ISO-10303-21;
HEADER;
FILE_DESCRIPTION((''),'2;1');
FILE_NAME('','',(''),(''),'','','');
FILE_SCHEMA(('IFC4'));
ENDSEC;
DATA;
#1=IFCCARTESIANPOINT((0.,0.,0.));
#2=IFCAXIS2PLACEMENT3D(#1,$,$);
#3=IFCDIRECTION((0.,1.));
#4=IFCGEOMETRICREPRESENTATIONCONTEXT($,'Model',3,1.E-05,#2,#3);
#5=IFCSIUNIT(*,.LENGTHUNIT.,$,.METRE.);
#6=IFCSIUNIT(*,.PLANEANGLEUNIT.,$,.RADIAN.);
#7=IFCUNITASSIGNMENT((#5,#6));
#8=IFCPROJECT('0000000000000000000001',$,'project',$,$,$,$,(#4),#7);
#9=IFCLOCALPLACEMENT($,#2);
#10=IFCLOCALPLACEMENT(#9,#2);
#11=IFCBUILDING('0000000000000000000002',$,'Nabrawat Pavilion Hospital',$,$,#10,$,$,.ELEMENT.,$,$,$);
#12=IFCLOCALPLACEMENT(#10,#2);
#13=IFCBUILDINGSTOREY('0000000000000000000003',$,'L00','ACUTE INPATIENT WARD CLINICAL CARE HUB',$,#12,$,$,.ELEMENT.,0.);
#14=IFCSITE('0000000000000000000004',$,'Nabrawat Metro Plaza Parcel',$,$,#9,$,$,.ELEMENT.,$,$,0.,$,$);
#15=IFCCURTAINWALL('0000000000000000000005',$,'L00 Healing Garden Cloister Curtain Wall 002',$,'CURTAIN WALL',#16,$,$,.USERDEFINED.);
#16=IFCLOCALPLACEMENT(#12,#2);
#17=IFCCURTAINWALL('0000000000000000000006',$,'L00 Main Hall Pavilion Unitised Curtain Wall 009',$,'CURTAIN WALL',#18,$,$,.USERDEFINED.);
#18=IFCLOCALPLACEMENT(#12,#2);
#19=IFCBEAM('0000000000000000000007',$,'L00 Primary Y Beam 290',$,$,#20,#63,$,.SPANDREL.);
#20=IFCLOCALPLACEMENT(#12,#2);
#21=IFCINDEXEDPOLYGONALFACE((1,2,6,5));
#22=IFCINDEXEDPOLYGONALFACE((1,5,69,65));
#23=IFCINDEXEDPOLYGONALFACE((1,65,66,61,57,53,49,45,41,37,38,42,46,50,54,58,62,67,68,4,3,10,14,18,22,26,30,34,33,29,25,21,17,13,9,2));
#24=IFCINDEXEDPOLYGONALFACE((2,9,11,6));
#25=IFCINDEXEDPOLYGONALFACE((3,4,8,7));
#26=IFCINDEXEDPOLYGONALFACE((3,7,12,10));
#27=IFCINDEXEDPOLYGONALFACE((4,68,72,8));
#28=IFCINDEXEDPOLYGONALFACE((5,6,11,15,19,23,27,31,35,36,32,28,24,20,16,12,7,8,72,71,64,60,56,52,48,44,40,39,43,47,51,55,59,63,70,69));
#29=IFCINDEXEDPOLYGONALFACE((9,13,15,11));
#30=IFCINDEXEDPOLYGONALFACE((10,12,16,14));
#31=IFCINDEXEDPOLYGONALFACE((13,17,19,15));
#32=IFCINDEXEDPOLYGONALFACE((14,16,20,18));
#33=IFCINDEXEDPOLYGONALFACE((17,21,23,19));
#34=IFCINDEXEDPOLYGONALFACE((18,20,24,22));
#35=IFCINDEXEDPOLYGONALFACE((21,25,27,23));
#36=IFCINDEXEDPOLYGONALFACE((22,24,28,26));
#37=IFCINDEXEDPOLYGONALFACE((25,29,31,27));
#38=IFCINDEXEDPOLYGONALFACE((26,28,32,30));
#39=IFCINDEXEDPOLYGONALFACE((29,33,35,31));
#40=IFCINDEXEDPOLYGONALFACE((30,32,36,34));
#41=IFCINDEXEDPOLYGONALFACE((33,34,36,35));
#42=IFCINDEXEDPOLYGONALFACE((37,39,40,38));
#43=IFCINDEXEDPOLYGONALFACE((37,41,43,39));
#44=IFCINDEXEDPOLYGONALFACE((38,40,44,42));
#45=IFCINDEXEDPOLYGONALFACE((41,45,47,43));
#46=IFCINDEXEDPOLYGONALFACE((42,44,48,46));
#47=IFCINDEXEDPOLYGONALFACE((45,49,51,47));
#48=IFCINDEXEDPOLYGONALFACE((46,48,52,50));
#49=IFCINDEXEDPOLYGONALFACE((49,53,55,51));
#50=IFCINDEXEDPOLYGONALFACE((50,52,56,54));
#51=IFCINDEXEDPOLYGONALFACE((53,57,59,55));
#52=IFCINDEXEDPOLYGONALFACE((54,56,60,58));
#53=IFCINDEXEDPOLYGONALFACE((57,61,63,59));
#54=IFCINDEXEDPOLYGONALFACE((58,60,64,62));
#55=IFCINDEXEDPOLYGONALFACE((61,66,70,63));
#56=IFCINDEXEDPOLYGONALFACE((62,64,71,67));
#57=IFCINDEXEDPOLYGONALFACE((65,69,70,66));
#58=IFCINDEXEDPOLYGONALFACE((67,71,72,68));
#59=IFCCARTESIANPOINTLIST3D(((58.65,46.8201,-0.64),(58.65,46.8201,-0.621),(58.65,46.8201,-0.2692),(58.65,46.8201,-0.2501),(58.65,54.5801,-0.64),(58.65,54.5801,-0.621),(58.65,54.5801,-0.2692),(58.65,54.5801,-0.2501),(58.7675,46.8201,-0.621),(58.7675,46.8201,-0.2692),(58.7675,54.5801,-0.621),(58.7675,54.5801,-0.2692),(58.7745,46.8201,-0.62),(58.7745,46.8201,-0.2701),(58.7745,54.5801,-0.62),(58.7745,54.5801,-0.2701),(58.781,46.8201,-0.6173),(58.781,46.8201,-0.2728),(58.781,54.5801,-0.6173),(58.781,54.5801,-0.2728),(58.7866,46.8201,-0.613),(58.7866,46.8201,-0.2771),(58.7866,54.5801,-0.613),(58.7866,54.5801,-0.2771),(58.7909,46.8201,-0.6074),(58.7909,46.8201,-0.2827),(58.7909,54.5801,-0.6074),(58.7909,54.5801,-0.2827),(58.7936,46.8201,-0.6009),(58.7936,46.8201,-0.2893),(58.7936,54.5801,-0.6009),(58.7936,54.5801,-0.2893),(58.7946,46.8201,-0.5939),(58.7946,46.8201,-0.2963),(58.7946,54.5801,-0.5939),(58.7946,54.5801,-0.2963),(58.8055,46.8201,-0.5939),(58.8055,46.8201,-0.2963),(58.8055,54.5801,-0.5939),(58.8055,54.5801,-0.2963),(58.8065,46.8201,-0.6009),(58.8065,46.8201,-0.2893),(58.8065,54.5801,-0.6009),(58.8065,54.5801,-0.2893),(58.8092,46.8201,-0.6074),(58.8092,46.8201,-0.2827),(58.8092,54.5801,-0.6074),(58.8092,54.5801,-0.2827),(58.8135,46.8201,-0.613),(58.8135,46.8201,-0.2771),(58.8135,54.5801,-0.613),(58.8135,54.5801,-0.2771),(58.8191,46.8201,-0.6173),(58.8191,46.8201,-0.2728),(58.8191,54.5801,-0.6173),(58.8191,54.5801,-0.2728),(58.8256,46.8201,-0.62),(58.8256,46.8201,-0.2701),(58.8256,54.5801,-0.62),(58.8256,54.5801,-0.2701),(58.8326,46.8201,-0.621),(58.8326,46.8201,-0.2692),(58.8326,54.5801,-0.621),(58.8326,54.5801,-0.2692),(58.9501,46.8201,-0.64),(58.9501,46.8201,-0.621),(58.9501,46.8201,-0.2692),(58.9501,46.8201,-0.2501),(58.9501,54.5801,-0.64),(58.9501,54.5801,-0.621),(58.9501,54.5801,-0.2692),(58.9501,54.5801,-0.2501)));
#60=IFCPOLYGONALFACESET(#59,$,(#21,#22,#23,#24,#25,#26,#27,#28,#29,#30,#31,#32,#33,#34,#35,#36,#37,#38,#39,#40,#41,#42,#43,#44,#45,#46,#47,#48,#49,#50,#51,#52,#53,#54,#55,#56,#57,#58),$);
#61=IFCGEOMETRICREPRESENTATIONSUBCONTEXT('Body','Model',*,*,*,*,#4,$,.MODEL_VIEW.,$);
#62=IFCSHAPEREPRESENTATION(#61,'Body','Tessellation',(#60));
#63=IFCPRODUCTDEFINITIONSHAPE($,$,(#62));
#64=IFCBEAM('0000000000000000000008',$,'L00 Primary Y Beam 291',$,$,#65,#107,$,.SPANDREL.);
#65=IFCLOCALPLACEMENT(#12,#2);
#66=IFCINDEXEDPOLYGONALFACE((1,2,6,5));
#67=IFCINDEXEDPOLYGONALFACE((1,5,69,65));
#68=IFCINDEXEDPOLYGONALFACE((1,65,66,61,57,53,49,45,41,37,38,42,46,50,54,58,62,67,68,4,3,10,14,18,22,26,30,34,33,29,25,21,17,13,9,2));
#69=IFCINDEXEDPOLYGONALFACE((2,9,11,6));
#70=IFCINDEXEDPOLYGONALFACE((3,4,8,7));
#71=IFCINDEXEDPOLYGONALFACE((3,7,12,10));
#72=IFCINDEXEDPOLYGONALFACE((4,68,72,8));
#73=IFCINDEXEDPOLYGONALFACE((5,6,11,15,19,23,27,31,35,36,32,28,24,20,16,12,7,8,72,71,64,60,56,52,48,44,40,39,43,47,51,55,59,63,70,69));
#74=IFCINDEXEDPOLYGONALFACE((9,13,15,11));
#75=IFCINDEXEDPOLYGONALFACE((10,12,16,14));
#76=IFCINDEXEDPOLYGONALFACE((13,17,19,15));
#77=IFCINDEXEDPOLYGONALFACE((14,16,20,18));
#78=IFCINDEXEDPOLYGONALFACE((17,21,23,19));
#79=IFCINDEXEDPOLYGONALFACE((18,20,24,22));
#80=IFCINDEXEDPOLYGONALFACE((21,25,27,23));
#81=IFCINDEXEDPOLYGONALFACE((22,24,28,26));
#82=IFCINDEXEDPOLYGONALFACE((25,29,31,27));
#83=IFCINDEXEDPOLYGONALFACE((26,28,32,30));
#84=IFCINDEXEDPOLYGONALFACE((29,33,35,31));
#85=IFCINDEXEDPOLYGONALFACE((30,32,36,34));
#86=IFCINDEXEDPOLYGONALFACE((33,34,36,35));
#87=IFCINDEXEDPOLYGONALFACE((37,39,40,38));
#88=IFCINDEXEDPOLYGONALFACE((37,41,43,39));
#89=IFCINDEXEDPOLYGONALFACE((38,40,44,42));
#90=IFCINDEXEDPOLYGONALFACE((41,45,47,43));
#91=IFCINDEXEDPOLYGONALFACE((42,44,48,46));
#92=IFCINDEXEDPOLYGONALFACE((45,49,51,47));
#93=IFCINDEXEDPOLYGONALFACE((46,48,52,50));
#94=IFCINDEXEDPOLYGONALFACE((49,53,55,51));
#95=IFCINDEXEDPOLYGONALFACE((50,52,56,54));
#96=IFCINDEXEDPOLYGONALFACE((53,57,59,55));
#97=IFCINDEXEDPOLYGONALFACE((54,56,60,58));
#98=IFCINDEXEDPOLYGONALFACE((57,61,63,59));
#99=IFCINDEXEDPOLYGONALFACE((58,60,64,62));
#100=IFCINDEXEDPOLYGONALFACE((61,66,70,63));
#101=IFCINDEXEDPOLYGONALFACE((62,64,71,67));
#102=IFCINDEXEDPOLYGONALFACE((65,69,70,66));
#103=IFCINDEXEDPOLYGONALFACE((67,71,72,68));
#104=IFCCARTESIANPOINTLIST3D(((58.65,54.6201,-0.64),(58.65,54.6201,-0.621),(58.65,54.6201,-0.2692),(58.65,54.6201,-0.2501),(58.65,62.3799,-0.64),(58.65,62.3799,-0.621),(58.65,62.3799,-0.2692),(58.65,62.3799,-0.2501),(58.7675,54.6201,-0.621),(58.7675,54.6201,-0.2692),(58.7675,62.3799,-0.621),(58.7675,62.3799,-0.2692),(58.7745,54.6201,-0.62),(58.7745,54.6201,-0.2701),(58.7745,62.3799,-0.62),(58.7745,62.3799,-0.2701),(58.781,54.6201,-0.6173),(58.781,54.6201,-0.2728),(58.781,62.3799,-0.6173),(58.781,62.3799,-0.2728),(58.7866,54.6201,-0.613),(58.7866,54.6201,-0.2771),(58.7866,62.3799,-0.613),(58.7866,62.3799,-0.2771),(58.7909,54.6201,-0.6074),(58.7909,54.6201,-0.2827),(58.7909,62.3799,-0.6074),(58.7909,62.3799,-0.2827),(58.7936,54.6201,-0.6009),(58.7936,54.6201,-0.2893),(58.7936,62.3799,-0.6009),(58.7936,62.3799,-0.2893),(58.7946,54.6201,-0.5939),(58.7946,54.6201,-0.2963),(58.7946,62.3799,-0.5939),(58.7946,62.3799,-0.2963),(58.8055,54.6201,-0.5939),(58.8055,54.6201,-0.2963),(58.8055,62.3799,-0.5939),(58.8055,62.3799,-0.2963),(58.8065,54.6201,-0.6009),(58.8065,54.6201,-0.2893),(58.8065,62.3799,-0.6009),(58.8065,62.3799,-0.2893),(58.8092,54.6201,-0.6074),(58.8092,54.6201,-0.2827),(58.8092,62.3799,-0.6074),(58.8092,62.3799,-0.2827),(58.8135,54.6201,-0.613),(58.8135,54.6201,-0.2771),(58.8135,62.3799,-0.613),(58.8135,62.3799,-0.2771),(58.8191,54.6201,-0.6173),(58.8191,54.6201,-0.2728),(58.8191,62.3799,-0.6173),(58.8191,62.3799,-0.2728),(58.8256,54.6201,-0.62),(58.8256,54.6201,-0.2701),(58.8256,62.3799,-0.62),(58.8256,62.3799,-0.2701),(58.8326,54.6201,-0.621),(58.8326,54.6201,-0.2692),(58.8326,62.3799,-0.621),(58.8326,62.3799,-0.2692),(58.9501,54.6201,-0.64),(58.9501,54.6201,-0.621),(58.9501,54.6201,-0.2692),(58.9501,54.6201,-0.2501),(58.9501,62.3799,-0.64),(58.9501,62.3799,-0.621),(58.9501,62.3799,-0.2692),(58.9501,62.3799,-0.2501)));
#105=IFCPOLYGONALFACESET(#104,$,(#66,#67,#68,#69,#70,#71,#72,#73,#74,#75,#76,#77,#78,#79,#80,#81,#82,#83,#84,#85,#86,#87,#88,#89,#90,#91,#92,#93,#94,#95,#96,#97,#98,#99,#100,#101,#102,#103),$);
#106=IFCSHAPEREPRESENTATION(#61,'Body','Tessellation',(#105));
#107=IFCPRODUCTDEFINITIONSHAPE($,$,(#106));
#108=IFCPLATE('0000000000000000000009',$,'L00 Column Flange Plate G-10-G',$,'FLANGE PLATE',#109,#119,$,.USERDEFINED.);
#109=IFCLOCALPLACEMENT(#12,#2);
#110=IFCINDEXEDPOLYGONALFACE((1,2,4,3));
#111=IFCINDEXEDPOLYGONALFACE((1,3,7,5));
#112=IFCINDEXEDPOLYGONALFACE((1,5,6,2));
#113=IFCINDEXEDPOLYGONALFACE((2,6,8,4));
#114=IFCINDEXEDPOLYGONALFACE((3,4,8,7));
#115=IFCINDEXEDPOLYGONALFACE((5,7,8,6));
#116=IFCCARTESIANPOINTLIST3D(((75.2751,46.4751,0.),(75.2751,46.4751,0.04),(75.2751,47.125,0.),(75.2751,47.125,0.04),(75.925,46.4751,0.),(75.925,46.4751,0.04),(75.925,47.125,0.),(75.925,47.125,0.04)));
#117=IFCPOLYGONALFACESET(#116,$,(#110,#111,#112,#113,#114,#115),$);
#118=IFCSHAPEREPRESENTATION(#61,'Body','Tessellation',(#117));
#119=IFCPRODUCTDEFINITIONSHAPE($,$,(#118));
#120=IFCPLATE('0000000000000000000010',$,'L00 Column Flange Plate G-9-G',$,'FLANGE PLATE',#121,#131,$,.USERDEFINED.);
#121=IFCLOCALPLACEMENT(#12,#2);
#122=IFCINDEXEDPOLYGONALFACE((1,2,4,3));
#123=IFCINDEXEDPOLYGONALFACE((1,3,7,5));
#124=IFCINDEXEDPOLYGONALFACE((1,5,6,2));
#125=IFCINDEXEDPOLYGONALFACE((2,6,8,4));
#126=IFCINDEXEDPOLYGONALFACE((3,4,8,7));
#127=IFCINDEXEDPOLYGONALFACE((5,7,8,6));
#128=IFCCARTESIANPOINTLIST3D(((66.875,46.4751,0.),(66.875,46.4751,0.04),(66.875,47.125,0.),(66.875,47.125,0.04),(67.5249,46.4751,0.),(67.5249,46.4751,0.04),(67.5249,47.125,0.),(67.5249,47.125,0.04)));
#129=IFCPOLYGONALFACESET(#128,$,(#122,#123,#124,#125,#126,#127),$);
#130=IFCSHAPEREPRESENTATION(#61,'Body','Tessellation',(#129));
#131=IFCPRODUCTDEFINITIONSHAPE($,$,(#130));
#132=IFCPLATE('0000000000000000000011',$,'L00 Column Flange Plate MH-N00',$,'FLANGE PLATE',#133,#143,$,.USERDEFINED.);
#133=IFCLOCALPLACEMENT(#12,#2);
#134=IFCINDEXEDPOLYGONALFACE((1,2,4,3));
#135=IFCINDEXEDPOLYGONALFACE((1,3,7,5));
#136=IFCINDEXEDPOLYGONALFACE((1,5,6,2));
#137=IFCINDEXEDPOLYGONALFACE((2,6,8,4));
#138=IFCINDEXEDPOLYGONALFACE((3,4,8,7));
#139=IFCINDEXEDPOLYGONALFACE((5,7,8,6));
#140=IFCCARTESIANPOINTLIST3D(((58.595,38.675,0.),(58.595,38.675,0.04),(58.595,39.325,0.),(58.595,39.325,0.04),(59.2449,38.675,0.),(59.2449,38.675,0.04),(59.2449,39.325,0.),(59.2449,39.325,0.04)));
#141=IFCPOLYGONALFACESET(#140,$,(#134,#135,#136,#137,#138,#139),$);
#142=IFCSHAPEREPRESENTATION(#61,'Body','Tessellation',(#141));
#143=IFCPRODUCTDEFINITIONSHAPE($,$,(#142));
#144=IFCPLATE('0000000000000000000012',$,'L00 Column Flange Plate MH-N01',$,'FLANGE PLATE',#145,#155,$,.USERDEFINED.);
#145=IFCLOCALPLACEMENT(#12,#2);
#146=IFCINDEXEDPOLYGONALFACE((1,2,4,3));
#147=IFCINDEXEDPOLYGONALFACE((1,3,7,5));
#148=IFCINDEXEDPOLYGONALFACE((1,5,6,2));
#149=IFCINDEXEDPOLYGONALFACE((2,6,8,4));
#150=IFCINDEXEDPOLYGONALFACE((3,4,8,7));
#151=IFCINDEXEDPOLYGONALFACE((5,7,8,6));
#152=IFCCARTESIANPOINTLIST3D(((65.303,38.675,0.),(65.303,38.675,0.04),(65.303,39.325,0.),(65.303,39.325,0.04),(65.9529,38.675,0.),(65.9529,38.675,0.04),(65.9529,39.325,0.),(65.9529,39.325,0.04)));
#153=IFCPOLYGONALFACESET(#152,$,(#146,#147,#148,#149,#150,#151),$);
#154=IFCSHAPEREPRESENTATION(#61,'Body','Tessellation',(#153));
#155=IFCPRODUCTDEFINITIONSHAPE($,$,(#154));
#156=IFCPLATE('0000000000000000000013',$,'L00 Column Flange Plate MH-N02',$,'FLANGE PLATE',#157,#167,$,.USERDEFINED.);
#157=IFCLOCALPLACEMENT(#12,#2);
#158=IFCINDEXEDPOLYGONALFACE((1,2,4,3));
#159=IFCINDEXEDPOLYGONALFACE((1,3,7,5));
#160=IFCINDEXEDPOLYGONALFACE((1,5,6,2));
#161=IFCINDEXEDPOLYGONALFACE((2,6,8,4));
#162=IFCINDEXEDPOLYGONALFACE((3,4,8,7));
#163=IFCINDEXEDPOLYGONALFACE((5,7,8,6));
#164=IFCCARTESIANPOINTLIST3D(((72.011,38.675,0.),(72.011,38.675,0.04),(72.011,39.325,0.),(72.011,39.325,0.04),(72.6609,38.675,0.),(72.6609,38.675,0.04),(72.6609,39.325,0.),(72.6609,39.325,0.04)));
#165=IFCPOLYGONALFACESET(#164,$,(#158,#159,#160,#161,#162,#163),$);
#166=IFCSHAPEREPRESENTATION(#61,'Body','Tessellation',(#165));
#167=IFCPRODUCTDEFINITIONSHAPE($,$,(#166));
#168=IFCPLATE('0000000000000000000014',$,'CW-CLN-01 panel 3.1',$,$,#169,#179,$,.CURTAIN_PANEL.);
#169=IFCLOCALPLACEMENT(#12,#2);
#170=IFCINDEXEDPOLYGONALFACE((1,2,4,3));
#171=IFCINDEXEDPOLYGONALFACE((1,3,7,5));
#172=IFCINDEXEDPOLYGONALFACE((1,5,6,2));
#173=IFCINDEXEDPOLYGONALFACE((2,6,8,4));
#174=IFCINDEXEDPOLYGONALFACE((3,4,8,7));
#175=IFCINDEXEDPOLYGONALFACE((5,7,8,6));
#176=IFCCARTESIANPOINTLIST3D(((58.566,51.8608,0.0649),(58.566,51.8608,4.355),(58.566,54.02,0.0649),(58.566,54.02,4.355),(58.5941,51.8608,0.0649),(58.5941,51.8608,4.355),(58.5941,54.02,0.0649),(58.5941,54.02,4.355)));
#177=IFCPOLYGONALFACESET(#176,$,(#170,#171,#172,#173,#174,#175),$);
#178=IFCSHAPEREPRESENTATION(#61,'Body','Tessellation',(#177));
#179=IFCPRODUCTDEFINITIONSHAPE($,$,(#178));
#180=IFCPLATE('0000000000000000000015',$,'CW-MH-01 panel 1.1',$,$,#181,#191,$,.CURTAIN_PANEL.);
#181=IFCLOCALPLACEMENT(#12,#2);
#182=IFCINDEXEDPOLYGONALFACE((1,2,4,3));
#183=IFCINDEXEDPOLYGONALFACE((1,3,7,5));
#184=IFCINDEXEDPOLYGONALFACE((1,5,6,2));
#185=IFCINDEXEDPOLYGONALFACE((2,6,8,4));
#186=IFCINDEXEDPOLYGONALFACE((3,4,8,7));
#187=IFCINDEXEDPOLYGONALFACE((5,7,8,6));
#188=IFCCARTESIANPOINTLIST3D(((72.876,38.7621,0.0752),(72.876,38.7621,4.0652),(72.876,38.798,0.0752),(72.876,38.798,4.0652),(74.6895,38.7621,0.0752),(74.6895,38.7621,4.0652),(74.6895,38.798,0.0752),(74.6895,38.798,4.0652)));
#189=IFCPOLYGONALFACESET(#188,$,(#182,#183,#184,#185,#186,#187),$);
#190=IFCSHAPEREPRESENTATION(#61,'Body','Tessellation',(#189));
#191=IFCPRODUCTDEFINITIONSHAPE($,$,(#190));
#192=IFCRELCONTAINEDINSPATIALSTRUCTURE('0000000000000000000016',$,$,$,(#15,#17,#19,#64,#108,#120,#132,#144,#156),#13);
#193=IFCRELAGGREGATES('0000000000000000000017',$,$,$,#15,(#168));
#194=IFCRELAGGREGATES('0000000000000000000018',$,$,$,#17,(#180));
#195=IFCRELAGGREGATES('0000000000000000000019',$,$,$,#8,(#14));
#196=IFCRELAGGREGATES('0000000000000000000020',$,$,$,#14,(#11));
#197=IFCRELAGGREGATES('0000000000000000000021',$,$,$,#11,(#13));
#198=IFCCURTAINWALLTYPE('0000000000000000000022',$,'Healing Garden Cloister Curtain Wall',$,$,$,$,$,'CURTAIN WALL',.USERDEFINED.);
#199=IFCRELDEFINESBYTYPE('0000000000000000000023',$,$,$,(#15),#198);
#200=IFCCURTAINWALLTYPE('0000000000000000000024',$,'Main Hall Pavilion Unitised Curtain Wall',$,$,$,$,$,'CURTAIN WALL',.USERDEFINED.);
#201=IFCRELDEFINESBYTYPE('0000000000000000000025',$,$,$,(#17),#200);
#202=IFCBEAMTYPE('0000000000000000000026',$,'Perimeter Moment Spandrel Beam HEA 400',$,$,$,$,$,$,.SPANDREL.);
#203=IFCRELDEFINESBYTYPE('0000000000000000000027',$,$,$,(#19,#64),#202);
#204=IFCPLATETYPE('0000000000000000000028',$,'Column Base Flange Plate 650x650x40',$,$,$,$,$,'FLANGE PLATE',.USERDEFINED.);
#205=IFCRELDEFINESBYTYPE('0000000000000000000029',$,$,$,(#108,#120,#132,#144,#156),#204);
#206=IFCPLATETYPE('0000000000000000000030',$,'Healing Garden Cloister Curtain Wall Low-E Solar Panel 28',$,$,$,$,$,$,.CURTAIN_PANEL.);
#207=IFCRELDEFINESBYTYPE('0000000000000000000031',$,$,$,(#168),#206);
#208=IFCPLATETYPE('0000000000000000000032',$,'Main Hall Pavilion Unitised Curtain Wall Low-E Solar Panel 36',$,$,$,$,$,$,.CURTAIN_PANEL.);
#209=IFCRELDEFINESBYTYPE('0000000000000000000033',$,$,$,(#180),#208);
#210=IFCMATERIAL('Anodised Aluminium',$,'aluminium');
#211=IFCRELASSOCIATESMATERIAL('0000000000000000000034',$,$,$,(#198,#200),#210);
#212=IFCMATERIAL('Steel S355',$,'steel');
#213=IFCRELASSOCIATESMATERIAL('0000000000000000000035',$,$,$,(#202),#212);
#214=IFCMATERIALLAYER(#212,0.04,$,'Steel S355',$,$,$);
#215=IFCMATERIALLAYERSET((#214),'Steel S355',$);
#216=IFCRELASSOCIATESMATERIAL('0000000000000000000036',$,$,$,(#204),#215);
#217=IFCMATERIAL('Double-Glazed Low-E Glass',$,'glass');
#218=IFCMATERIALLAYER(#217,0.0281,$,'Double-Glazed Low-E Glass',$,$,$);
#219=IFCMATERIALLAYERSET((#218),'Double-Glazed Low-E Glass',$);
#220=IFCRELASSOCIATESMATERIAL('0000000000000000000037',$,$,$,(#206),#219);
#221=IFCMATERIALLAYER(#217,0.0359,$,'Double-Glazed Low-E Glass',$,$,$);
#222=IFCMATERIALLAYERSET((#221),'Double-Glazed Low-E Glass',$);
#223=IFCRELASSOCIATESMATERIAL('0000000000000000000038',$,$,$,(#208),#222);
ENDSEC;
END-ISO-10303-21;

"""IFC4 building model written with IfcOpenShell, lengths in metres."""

from ifc_helpers import new_model, si_unit, direction, frame, origin, origin_2d, place, context, subcontext, project, spatial, rectangle, i_section, extrude, material, layer, layer_set, material_profile, profile_set, type_object, element, aggregate, save


model = new_model("IFC4")

# Units and contexts
model_context = context("Model", 3, precision=1e-05, world=origin(), true_north=direction((0.0, 1.0)))
body_context = subcontext(model_context, "Body", "Model", "MODEL_VIEW")
ifc_project = project(units=[si_unit("LENGTHUNIT", "METRE"), si_unit("PLANEANGLEUNIT", "RADIAN")], contexts=[model_context])

# Site, building, storey
site_placement = place(None, origin())
site = spatial("IfcSite", under=ifc_project, at=site_placement, Name="Nabrawat Metro Plaza Parcel", CompositionType="ELEMENT", RefElevation=0.0)
building_placement = place(site_placement, origin())
building = spatial("IfcBuilding", under=site, at=building_placement, Name="Nabrawat Pavilion Hospital", CompositionType="ELEMENT")
storey_placement = place(building_placement, origin())
storey = spatial("IfcBuildingStorey", under=building, at=storey_placement, Name="L00", Description="ACUTE INPATIENT WARD CLINICAL CARE HUB", CompositionType="ELEMENT", Elevation=0.0)

# Shared definitions
ifc_material_1 = material(Name="Steel S355", Category="steel")

# Curtain wall
ifc_material_2 = material(Name="Anodised Aluminium", Category="aluminium")
curtain_wall_type_1 = type_object("IfcCurtainWallType", Name="Healing Garden Cloister Curtain Wall", ElementType="CURTAIN WALL", PredefinedType="USERDEFINED", material=ifc_material_2)
curtain_wall_1_placement = place(storey_placement, origin())
curtain_wall_1 = element("IfcCurtainWall", 1, at=curtain_wall_1_placement, inside=storey, type_object=curtain_wall_type_1, Name="L00 Healing Garden Cloister Curtain Wall 002", ObjectType="CURTAIN WALL", PredefinedType="USERDEFINED")

# Curtain wall
curtain_wall_type_2 = type_object("IfcCurtainWallType", Name="Main Hall Pavilion Unitised Curtain Wall", ElementType="CURTAIN WALL", PredefinedType="USERDEFINED", material=ifc_material_2)
curtain_wall_2_placement = place(storey_placement, origin())
curtain_wall_2 = element("IfcCurtainWall", 2, at=curtain_wall_2_placement, inside=storey, type_object=curtain_wall_type_2, Name="L00 Main Hall Pavilion Unitised Curtain Wall 009", ObjectType="CURTAIN WALL", PredefinedType="USERDEFINED")

# Beams
ifc_material_profile_1 = material_profile(ifc_material_1, i_section(OverallWidth=0.3, OverallDepth=0.3899, WebThickness=0.011, FlangeThickness=0.019, FilletRadius=0.0271, at=origin_2d()), Name="HEA 400")
ifc_profile_set_1 = profile_set([ifc_material_profile_1], Name="Steel S355")
beam_type = type_object("IfcBeamType", Name="Perimeter Moment Spandrel Beam HEA 400", PredefinedType="SPANDREL", material=ifc_profile_set_1)
beam_1_placement = place(storey_placement, frame((58.8, 46.8201, -0.4451), z_axis=(0.0, 1.0, 0.0), x_axis=(-1.0, 0.0, 0.0)))
element("IfcBeam", 3, at=beam_1_placement, inside=storey, type_object=beam_type, Name="L00 Primary Y Beam 290", PredefinedType="SPANDREL", context=body_context, shape_type="SweptSolid", body=[
    extrude(i_section(OverallWidth=0.3, OverallDepth=0.3899, WebThickness=0.011, FlangeThickness=0.019, FilletRadius=0.0271, at=origin_2d()), origin(), (0.0, 0.0, 1.0), 7.76),
])
beam_2_placement = place(storey_placement, frame((58.8, 54.6201, -0.4451), z_axis=(0.0, 1.0, 0.0), x_axis=(-1.0, 0.0, 0.0)))
element("IfcBeam", 4, at=beam_2_placement, inside=storey, type_object=beam_type, Name="L00 Primary Y Beam 291", PredefinedType="SPANDREL", context=body_context, shape_type="SweptSolid", body=[
    extrude(i_section(OverallWidth=0.3, OverallDepth=0.3899, WebThickness=0.011, FlangeThickness=0.019, FilletRadius=0.0271, at=origin_2d()), origin(), (0.0, 0.0, 1.0), 7.7598),
])

# Plates
ifc_layer_1 = layer(ifc_material_1, 0.04, Name="Steel S355")
ifc_layer_set_1 = layer_set([ifc_layer_1], Name="Steel S355")
plate_type_1 = type_object("IfcPlateType", Name="Column Base Flange Plate 650x650x40", ElementType="FLANGE PLATE", PredefinedType="USERDEFINED", material=ifc_layer_set_1)
for number, where, z_axis, x_axis, name in (
    (5, (75.6001, 46.8, 0.0), (0.0, 0.0, 1.0), (1.0, 0.0, 0.0), "L00 Column Flange Plate G-10-G"),
    (6, (67.2, 46.8, 0.0), (0.0, 0.0, 1.0), (1.0, 0.0, 0.0), "L00 Column Flange Plate G-9-G"),
    (7, (58.9199, 39.0, 0.0), (0.0, 0.0, 1.0), (1.0, 0.0, 0.0), "L00 Column Flange Plate MH-N00"),
    (8, (65.6279, 39.0, 0.0), (0.0, 0.0, 1.0), (1.0, 0.0, 0.0), "L00 Column Flange Plate MH-N01"),
    (9, (72.3359, 39.0, 0.0), (0.0, 0.0, 1.0), (1.0, 0.0, 0.0), "L00 Column Flange Plate MH-N02"),
):
    element("IfcPlate", number, at=place(storey_placement, frame(where, z_axis=z_axis, x_axis=x_axis)), inside=storey, type_object=plate_type_1, Name=name, ObjectType="FLANGE PLATE", PredefinedType="USERDEFINED", context=body_context, shape_type="SweptSolid", body=[
        extrude(rectangle(XDim=0.6499, YDim=0.6499, at=origin_2d()), origin(), (0.0, 0.0, 1.0), 0.04),
    ])

# Plates
ifc_material_3 = material(Name="Double-Glazed Low-E Glass", Category="glass")
ifc_layer_2 = layer(ifc_material_3, 0.0281, Name="Double-Glazed Low-E Glass")
ifc_layer_set_2 = layer_set([ifc_layer_2], Name="Double-Glazed Low-E Glass")
plate_type_2 = type_object("IfcPlateType", Name="Healing Garden Cloister Curtain Wall Low-E Solar Panel 28", PredefinedType="CURTAIN_PANEL", material=ifc_layer_set_2)
plate_1_placement = place(storey_placement, frame((58.5801, 52.9404, 0.0649), z_axis=(0.0, 0.0, 1.0), x_axis=(0.0, 1.0, 0.0)))
plate_1 = element("IfcPlate", 10, at=plate_1_placement, type_object=plate_type_2, Name="CW-CLN-01 panel 3.1", PredefinedType="CURTAIN_PANEL", context=body_context, shape_type="SweptSolid", body=[
    extrude(rectangle(XDim=2.1592, YDim=0.0281, at=origin_2d()), origin(), (0.0, 0.0, 1.0), 4.29),
])
aggregate(curtain_wall_1, [plate_1])
ifc_layer_3 = layer(ifc_material_3, 0.0359, Name="Double-Glazed Low-E Glass")
ifc_layer_set_3 = layer_set([ifc_layer_3], Name="Double-Glazed Low-E Glass")
plate_type_3 = type_object("IfcPlateType", Name="Main Hall Pavilion Unitised Curtain Wall Low-E Solar Panel 36", PredefinedType="CURTAIN_PANEL", material=ifc_layer_set_3)
plate_2_placement = place(storey_placement, frame((73.7827, 38.78, 0.0752), z_axis=(0.0, 0.0, 1.0), x_axis=(1.0, 0.0, 0.0)))
plate_2 = element("IfcPlate", 11, at=plate_2_placement, type_object=plate_type_3, Name="CW-MH-01 panel 1.1", PredefinedType="CURTAIN_PANEL", context=body_context, shape_type="SweptSolid", body=[
    extrude(rectangle(XDim=1.8135, YDim=0.0359, at=origin_2d()), origin(), (0.0, 0.0, 1.0), 3.99),
])
aggregate(curtain_wall_2, [plate_2])

save(model, "model.ifc")
